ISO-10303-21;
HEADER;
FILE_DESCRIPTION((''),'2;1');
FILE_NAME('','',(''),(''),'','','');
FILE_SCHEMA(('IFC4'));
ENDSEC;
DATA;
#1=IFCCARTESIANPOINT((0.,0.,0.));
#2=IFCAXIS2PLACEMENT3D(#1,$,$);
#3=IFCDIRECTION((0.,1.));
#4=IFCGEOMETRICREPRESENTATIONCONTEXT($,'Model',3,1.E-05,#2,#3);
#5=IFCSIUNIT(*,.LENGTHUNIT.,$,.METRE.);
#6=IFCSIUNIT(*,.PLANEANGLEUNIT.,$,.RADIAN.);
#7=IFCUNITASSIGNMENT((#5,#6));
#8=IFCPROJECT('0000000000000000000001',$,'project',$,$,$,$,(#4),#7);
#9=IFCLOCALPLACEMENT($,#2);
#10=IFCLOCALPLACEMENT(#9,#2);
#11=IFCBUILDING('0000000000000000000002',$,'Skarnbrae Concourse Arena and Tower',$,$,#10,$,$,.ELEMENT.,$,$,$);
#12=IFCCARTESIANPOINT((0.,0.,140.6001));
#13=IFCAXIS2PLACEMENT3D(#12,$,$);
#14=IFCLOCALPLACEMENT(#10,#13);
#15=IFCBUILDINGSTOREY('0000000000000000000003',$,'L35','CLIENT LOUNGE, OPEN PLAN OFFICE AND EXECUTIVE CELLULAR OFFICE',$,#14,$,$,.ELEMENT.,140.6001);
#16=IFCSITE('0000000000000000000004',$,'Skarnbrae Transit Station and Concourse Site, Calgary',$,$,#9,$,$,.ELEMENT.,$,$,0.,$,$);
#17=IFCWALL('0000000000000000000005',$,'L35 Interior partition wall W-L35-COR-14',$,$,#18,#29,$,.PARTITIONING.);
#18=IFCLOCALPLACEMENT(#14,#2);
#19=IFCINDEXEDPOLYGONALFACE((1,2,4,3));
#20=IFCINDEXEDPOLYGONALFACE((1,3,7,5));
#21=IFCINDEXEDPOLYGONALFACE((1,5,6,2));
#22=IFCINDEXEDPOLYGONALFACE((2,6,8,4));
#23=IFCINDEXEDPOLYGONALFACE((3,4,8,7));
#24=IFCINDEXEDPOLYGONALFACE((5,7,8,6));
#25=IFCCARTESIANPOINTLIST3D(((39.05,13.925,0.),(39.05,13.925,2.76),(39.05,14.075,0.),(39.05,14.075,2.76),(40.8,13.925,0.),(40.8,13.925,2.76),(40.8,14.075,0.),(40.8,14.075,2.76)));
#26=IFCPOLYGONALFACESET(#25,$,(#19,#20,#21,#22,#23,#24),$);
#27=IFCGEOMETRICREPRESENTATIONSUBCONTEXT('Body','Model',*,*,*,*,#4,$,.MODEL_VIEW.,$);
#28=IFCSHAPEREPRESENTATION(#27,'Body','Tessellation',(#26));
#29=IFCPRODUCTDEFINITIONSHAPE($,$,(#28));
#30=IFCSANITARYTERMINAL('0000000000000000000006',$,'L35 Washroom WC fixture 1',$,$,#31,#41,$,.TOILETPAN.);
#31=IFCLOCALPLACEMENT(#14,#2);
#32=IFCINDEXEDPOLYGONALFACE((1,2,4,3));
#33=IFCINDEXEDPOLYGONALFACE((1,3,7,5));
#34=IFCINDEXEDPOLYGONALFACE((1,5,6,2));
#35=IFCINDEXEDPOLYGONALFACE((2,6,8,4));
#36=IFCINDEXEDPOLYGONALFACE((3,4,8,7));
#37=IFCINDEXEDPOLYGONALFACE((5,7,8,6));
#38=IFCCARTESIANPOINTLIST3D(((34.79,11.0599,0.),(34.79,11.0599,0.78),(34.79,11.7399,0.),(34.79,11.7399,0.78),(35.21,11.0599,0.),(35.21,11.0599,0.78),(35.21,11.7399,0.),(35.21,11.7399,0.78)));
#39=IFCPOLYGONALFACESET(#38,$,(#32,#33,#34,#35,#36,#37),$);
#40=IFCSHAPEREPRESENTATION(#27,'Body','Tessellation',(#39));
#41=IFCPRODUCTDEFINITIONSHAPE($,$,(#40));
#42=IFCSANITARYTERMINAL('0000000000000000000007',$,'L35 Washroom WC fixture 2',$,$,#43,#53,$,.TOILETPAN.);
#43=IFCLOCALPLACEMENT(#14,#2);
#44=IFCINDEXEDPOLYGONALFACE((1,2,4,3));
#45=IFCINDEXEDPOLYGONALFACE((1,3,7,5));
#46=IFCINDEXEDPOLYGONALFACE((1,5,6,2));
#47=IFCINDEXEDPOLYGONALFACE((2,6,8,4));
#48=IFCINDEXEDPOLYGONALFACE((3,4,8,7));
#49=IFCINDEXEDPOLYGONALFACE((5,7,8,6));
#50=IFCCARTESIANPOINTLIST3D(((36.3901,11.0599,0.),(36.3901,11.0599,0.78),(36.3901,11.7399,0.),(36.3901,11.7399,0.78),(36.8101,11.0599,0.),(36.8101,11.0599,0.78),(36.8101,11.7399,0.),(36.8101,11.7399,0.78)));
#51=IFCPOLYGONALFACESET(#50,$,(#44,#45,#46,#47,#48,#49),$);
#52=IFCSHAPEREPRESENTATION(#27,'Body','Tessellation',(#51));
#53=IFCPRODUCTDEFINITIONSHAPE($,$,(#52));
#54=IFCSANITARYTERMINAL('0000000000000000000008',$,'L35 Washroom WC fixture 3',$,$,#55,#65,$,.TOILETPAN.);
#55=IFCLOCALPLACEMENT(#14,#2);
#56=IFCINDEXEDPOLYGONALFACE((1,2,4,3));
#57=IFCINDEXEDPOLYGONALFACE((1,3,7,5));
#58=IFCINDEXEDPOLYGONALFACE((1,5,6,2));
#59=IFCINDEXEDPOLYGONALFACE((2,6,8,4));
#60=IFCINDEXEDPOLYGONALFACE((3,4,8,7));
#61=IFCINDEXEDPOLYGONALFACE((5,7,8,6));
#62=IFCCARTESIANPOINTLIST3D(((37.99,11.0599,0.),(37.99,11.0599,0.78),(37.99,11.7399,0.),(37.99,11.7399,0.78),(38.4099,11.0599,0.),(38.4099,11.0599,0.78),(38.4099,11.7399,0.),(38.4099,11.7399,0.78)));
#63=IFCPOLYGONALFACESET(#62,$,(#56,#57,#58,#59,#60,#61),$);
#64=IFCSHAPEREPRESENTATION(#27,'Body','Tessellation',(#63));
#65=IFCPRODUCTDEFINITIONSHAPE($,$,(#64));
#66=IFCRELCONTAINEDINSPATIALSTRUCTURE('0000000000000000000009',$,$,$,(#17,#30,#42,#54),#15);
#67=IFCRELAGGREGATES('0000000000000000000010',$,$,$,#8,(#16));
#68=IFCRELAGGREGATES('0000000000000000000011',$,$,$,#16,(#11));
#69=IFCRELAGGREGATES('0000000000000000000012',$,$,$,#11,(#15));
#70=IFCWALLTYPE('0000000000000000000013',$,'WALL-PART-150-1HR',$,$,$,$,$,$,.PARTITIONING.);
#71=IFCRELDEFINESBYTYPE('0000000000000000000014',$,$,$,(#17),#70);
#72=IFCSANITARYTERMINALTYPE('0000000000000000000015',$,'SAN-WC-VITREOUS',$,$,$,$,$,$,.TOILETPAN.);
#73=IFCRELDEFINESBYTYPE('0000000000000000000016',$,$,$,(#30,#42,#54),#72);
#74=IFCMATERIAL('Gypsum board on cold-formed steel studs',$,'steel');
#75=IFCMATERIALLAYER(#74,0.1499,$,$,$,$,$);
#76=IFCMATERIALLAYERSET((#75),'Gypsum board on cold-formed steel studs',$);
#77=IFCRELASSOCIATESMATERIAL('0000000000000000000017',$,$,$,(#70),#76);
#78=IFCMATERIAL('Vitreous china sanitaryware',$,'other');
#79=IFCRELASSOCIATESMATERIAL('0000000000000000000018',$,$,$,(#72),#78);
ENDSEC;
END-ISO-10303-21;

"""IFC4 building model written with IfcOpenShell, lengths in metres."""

from ifc_helpers import new_model, si_unit, direction, frame, frame_2d, origin, origin_2d, place, context, subcontext, project, spatial, rectangle, extrude, source, transform, mapped, material, layer, layer_set, type_object, element, save


model = new_model("IFC4")

# Units and contexts
model_context = context("Model", 3, precision=1e-05, world=origin(), true_north=direction((0.0, 1.0)))
body_context = subcontext(model_context, "Body", "Model", "MODEL_VIEW")
ifc_project = project(units=[si_unit("LENGTHUNIT", "METRE"), si_unit("PLANEANGLEUNIT", "RADIAN")], contexts=[model_context])

# Site, building, storey
site_placement = place(None, origin())
site = spatial("IfcSite", under=ifc_project, at=site_placement, Name="Skarnbrae Transit Station and Concourse Site, Calgary", CompositionType="ELEMENT", RefElevation=0.0)
building_placement = place(site_placement, origin())
building = spatial("IfcBuilding", under=site, at=building_placement, Name="Skarnbrae Concourse Arena and Tower", CompositionType="ELEMENT")
storey_placement = place(building_placement, frame((0.0, 0.0, 140.6001)))
storey = spatial("IfcBuildingStorey", under=building, at=storey_placement, Name="L35", Description="CLIENT LOUNGE, OPEN PLAN OFFICE AND EXECUTIVE CELLULAR OFFICE", CompositionType="ELEMENT", Elevation=140.6001)

# Shared definitions
ifc_material_1 = material(Name="Gypsum board on cold-formed steel studs", Category="steel")
ifc_layer_1 = layer(ifc_material_1, 0.1499)
ifc_layer_set_1 = layer_set([ifc_layer_1], Name="Gypsum board on cold-formed steel studs")
wall_type_1 = type_object("IfcWallType", Name="WALL-PART-150-1HR", PredefinedType="PARTITIONING", material=ifc_layer_set_1)

# Wall
shared_shape_1 = source(origin(), body_context, "Body", "SweptSolid", [
    extrude(rectangle(XDim=1.75, YDim=0.1499, at=frame_2d((0.875, 0.0))), origin(), (0.0, 0.0, 1.0), 2.76),
])
wall_1_placement = place(storey_placement, frame((40.8, 14.0, 0.0), z_axis=(0.0, 0.0, 1.0), x_axis=(-1.0, 0.0, 0.0)))
element("IfcWall", 1, at=wall_1_placement, inside=storey, type_object=wall_type_1, Name="L35 Interior partition wall W-L35-COR-14", PredefinedType="PARTITIONING", context=body_context, shape_type="MappedRepresentation", body=[
    mapped(shared_shape_1, transform((0.0, 0.0, 0.0))),
])

# Sanitary terminals
ifc_material_2 = material(Name="Vitreous china sanitaryware", Category="other")
sanitary_terminal_type = type_object("IfcSanitaryTerminalType", Name="SAN-WC-VITREOUS", PredefinedType="TOILETPAN", material=ifc_material_2)
shared_shape_2 = source(origin(), body_context, "Body", "SweptSolid", [
    extrude(rectangle(XDim=0.4199, YDim=0.6799, at=origin_2d()), origin(), (0.0, 0.0, 1.0), 0.78),
])
for number, where, z_axis, x_axis, name in (
    (2, (35.0, 11.3999, 0.0), (0.0, 0.0, 1.0), (1.0, 0.0, 0.0), "L35 Washroom WC fixture 1"),
    (3, (36.6001, 11.3999, 0.0), (0.0, 0.0, 1.0), (1.0, 0.0, 0.0), "L35 Washroom WC fixture 2"),
    (4, (38.2, 11.3999, 0.0), (0.0, 0.0, 1.0), (1.0, 0.0, 0.0), "L35 Washroom WC fixture 3"),
):
    element("IfcSanitaryTerminal", number, at=place(storey_placement, frame(where, z_axis=z_axis, x_axis=x_axis)), inside=storey, type_object=sanitary_terminal_type, Name=name, PredefinedType="TOILETPAN", context=body_context, shape_type="MappedRepresentation", body=[
        mapped(shared_shape_2, transform((0.0, 0.0, 0.0))),
    ])

save(model, "model.ifc")
